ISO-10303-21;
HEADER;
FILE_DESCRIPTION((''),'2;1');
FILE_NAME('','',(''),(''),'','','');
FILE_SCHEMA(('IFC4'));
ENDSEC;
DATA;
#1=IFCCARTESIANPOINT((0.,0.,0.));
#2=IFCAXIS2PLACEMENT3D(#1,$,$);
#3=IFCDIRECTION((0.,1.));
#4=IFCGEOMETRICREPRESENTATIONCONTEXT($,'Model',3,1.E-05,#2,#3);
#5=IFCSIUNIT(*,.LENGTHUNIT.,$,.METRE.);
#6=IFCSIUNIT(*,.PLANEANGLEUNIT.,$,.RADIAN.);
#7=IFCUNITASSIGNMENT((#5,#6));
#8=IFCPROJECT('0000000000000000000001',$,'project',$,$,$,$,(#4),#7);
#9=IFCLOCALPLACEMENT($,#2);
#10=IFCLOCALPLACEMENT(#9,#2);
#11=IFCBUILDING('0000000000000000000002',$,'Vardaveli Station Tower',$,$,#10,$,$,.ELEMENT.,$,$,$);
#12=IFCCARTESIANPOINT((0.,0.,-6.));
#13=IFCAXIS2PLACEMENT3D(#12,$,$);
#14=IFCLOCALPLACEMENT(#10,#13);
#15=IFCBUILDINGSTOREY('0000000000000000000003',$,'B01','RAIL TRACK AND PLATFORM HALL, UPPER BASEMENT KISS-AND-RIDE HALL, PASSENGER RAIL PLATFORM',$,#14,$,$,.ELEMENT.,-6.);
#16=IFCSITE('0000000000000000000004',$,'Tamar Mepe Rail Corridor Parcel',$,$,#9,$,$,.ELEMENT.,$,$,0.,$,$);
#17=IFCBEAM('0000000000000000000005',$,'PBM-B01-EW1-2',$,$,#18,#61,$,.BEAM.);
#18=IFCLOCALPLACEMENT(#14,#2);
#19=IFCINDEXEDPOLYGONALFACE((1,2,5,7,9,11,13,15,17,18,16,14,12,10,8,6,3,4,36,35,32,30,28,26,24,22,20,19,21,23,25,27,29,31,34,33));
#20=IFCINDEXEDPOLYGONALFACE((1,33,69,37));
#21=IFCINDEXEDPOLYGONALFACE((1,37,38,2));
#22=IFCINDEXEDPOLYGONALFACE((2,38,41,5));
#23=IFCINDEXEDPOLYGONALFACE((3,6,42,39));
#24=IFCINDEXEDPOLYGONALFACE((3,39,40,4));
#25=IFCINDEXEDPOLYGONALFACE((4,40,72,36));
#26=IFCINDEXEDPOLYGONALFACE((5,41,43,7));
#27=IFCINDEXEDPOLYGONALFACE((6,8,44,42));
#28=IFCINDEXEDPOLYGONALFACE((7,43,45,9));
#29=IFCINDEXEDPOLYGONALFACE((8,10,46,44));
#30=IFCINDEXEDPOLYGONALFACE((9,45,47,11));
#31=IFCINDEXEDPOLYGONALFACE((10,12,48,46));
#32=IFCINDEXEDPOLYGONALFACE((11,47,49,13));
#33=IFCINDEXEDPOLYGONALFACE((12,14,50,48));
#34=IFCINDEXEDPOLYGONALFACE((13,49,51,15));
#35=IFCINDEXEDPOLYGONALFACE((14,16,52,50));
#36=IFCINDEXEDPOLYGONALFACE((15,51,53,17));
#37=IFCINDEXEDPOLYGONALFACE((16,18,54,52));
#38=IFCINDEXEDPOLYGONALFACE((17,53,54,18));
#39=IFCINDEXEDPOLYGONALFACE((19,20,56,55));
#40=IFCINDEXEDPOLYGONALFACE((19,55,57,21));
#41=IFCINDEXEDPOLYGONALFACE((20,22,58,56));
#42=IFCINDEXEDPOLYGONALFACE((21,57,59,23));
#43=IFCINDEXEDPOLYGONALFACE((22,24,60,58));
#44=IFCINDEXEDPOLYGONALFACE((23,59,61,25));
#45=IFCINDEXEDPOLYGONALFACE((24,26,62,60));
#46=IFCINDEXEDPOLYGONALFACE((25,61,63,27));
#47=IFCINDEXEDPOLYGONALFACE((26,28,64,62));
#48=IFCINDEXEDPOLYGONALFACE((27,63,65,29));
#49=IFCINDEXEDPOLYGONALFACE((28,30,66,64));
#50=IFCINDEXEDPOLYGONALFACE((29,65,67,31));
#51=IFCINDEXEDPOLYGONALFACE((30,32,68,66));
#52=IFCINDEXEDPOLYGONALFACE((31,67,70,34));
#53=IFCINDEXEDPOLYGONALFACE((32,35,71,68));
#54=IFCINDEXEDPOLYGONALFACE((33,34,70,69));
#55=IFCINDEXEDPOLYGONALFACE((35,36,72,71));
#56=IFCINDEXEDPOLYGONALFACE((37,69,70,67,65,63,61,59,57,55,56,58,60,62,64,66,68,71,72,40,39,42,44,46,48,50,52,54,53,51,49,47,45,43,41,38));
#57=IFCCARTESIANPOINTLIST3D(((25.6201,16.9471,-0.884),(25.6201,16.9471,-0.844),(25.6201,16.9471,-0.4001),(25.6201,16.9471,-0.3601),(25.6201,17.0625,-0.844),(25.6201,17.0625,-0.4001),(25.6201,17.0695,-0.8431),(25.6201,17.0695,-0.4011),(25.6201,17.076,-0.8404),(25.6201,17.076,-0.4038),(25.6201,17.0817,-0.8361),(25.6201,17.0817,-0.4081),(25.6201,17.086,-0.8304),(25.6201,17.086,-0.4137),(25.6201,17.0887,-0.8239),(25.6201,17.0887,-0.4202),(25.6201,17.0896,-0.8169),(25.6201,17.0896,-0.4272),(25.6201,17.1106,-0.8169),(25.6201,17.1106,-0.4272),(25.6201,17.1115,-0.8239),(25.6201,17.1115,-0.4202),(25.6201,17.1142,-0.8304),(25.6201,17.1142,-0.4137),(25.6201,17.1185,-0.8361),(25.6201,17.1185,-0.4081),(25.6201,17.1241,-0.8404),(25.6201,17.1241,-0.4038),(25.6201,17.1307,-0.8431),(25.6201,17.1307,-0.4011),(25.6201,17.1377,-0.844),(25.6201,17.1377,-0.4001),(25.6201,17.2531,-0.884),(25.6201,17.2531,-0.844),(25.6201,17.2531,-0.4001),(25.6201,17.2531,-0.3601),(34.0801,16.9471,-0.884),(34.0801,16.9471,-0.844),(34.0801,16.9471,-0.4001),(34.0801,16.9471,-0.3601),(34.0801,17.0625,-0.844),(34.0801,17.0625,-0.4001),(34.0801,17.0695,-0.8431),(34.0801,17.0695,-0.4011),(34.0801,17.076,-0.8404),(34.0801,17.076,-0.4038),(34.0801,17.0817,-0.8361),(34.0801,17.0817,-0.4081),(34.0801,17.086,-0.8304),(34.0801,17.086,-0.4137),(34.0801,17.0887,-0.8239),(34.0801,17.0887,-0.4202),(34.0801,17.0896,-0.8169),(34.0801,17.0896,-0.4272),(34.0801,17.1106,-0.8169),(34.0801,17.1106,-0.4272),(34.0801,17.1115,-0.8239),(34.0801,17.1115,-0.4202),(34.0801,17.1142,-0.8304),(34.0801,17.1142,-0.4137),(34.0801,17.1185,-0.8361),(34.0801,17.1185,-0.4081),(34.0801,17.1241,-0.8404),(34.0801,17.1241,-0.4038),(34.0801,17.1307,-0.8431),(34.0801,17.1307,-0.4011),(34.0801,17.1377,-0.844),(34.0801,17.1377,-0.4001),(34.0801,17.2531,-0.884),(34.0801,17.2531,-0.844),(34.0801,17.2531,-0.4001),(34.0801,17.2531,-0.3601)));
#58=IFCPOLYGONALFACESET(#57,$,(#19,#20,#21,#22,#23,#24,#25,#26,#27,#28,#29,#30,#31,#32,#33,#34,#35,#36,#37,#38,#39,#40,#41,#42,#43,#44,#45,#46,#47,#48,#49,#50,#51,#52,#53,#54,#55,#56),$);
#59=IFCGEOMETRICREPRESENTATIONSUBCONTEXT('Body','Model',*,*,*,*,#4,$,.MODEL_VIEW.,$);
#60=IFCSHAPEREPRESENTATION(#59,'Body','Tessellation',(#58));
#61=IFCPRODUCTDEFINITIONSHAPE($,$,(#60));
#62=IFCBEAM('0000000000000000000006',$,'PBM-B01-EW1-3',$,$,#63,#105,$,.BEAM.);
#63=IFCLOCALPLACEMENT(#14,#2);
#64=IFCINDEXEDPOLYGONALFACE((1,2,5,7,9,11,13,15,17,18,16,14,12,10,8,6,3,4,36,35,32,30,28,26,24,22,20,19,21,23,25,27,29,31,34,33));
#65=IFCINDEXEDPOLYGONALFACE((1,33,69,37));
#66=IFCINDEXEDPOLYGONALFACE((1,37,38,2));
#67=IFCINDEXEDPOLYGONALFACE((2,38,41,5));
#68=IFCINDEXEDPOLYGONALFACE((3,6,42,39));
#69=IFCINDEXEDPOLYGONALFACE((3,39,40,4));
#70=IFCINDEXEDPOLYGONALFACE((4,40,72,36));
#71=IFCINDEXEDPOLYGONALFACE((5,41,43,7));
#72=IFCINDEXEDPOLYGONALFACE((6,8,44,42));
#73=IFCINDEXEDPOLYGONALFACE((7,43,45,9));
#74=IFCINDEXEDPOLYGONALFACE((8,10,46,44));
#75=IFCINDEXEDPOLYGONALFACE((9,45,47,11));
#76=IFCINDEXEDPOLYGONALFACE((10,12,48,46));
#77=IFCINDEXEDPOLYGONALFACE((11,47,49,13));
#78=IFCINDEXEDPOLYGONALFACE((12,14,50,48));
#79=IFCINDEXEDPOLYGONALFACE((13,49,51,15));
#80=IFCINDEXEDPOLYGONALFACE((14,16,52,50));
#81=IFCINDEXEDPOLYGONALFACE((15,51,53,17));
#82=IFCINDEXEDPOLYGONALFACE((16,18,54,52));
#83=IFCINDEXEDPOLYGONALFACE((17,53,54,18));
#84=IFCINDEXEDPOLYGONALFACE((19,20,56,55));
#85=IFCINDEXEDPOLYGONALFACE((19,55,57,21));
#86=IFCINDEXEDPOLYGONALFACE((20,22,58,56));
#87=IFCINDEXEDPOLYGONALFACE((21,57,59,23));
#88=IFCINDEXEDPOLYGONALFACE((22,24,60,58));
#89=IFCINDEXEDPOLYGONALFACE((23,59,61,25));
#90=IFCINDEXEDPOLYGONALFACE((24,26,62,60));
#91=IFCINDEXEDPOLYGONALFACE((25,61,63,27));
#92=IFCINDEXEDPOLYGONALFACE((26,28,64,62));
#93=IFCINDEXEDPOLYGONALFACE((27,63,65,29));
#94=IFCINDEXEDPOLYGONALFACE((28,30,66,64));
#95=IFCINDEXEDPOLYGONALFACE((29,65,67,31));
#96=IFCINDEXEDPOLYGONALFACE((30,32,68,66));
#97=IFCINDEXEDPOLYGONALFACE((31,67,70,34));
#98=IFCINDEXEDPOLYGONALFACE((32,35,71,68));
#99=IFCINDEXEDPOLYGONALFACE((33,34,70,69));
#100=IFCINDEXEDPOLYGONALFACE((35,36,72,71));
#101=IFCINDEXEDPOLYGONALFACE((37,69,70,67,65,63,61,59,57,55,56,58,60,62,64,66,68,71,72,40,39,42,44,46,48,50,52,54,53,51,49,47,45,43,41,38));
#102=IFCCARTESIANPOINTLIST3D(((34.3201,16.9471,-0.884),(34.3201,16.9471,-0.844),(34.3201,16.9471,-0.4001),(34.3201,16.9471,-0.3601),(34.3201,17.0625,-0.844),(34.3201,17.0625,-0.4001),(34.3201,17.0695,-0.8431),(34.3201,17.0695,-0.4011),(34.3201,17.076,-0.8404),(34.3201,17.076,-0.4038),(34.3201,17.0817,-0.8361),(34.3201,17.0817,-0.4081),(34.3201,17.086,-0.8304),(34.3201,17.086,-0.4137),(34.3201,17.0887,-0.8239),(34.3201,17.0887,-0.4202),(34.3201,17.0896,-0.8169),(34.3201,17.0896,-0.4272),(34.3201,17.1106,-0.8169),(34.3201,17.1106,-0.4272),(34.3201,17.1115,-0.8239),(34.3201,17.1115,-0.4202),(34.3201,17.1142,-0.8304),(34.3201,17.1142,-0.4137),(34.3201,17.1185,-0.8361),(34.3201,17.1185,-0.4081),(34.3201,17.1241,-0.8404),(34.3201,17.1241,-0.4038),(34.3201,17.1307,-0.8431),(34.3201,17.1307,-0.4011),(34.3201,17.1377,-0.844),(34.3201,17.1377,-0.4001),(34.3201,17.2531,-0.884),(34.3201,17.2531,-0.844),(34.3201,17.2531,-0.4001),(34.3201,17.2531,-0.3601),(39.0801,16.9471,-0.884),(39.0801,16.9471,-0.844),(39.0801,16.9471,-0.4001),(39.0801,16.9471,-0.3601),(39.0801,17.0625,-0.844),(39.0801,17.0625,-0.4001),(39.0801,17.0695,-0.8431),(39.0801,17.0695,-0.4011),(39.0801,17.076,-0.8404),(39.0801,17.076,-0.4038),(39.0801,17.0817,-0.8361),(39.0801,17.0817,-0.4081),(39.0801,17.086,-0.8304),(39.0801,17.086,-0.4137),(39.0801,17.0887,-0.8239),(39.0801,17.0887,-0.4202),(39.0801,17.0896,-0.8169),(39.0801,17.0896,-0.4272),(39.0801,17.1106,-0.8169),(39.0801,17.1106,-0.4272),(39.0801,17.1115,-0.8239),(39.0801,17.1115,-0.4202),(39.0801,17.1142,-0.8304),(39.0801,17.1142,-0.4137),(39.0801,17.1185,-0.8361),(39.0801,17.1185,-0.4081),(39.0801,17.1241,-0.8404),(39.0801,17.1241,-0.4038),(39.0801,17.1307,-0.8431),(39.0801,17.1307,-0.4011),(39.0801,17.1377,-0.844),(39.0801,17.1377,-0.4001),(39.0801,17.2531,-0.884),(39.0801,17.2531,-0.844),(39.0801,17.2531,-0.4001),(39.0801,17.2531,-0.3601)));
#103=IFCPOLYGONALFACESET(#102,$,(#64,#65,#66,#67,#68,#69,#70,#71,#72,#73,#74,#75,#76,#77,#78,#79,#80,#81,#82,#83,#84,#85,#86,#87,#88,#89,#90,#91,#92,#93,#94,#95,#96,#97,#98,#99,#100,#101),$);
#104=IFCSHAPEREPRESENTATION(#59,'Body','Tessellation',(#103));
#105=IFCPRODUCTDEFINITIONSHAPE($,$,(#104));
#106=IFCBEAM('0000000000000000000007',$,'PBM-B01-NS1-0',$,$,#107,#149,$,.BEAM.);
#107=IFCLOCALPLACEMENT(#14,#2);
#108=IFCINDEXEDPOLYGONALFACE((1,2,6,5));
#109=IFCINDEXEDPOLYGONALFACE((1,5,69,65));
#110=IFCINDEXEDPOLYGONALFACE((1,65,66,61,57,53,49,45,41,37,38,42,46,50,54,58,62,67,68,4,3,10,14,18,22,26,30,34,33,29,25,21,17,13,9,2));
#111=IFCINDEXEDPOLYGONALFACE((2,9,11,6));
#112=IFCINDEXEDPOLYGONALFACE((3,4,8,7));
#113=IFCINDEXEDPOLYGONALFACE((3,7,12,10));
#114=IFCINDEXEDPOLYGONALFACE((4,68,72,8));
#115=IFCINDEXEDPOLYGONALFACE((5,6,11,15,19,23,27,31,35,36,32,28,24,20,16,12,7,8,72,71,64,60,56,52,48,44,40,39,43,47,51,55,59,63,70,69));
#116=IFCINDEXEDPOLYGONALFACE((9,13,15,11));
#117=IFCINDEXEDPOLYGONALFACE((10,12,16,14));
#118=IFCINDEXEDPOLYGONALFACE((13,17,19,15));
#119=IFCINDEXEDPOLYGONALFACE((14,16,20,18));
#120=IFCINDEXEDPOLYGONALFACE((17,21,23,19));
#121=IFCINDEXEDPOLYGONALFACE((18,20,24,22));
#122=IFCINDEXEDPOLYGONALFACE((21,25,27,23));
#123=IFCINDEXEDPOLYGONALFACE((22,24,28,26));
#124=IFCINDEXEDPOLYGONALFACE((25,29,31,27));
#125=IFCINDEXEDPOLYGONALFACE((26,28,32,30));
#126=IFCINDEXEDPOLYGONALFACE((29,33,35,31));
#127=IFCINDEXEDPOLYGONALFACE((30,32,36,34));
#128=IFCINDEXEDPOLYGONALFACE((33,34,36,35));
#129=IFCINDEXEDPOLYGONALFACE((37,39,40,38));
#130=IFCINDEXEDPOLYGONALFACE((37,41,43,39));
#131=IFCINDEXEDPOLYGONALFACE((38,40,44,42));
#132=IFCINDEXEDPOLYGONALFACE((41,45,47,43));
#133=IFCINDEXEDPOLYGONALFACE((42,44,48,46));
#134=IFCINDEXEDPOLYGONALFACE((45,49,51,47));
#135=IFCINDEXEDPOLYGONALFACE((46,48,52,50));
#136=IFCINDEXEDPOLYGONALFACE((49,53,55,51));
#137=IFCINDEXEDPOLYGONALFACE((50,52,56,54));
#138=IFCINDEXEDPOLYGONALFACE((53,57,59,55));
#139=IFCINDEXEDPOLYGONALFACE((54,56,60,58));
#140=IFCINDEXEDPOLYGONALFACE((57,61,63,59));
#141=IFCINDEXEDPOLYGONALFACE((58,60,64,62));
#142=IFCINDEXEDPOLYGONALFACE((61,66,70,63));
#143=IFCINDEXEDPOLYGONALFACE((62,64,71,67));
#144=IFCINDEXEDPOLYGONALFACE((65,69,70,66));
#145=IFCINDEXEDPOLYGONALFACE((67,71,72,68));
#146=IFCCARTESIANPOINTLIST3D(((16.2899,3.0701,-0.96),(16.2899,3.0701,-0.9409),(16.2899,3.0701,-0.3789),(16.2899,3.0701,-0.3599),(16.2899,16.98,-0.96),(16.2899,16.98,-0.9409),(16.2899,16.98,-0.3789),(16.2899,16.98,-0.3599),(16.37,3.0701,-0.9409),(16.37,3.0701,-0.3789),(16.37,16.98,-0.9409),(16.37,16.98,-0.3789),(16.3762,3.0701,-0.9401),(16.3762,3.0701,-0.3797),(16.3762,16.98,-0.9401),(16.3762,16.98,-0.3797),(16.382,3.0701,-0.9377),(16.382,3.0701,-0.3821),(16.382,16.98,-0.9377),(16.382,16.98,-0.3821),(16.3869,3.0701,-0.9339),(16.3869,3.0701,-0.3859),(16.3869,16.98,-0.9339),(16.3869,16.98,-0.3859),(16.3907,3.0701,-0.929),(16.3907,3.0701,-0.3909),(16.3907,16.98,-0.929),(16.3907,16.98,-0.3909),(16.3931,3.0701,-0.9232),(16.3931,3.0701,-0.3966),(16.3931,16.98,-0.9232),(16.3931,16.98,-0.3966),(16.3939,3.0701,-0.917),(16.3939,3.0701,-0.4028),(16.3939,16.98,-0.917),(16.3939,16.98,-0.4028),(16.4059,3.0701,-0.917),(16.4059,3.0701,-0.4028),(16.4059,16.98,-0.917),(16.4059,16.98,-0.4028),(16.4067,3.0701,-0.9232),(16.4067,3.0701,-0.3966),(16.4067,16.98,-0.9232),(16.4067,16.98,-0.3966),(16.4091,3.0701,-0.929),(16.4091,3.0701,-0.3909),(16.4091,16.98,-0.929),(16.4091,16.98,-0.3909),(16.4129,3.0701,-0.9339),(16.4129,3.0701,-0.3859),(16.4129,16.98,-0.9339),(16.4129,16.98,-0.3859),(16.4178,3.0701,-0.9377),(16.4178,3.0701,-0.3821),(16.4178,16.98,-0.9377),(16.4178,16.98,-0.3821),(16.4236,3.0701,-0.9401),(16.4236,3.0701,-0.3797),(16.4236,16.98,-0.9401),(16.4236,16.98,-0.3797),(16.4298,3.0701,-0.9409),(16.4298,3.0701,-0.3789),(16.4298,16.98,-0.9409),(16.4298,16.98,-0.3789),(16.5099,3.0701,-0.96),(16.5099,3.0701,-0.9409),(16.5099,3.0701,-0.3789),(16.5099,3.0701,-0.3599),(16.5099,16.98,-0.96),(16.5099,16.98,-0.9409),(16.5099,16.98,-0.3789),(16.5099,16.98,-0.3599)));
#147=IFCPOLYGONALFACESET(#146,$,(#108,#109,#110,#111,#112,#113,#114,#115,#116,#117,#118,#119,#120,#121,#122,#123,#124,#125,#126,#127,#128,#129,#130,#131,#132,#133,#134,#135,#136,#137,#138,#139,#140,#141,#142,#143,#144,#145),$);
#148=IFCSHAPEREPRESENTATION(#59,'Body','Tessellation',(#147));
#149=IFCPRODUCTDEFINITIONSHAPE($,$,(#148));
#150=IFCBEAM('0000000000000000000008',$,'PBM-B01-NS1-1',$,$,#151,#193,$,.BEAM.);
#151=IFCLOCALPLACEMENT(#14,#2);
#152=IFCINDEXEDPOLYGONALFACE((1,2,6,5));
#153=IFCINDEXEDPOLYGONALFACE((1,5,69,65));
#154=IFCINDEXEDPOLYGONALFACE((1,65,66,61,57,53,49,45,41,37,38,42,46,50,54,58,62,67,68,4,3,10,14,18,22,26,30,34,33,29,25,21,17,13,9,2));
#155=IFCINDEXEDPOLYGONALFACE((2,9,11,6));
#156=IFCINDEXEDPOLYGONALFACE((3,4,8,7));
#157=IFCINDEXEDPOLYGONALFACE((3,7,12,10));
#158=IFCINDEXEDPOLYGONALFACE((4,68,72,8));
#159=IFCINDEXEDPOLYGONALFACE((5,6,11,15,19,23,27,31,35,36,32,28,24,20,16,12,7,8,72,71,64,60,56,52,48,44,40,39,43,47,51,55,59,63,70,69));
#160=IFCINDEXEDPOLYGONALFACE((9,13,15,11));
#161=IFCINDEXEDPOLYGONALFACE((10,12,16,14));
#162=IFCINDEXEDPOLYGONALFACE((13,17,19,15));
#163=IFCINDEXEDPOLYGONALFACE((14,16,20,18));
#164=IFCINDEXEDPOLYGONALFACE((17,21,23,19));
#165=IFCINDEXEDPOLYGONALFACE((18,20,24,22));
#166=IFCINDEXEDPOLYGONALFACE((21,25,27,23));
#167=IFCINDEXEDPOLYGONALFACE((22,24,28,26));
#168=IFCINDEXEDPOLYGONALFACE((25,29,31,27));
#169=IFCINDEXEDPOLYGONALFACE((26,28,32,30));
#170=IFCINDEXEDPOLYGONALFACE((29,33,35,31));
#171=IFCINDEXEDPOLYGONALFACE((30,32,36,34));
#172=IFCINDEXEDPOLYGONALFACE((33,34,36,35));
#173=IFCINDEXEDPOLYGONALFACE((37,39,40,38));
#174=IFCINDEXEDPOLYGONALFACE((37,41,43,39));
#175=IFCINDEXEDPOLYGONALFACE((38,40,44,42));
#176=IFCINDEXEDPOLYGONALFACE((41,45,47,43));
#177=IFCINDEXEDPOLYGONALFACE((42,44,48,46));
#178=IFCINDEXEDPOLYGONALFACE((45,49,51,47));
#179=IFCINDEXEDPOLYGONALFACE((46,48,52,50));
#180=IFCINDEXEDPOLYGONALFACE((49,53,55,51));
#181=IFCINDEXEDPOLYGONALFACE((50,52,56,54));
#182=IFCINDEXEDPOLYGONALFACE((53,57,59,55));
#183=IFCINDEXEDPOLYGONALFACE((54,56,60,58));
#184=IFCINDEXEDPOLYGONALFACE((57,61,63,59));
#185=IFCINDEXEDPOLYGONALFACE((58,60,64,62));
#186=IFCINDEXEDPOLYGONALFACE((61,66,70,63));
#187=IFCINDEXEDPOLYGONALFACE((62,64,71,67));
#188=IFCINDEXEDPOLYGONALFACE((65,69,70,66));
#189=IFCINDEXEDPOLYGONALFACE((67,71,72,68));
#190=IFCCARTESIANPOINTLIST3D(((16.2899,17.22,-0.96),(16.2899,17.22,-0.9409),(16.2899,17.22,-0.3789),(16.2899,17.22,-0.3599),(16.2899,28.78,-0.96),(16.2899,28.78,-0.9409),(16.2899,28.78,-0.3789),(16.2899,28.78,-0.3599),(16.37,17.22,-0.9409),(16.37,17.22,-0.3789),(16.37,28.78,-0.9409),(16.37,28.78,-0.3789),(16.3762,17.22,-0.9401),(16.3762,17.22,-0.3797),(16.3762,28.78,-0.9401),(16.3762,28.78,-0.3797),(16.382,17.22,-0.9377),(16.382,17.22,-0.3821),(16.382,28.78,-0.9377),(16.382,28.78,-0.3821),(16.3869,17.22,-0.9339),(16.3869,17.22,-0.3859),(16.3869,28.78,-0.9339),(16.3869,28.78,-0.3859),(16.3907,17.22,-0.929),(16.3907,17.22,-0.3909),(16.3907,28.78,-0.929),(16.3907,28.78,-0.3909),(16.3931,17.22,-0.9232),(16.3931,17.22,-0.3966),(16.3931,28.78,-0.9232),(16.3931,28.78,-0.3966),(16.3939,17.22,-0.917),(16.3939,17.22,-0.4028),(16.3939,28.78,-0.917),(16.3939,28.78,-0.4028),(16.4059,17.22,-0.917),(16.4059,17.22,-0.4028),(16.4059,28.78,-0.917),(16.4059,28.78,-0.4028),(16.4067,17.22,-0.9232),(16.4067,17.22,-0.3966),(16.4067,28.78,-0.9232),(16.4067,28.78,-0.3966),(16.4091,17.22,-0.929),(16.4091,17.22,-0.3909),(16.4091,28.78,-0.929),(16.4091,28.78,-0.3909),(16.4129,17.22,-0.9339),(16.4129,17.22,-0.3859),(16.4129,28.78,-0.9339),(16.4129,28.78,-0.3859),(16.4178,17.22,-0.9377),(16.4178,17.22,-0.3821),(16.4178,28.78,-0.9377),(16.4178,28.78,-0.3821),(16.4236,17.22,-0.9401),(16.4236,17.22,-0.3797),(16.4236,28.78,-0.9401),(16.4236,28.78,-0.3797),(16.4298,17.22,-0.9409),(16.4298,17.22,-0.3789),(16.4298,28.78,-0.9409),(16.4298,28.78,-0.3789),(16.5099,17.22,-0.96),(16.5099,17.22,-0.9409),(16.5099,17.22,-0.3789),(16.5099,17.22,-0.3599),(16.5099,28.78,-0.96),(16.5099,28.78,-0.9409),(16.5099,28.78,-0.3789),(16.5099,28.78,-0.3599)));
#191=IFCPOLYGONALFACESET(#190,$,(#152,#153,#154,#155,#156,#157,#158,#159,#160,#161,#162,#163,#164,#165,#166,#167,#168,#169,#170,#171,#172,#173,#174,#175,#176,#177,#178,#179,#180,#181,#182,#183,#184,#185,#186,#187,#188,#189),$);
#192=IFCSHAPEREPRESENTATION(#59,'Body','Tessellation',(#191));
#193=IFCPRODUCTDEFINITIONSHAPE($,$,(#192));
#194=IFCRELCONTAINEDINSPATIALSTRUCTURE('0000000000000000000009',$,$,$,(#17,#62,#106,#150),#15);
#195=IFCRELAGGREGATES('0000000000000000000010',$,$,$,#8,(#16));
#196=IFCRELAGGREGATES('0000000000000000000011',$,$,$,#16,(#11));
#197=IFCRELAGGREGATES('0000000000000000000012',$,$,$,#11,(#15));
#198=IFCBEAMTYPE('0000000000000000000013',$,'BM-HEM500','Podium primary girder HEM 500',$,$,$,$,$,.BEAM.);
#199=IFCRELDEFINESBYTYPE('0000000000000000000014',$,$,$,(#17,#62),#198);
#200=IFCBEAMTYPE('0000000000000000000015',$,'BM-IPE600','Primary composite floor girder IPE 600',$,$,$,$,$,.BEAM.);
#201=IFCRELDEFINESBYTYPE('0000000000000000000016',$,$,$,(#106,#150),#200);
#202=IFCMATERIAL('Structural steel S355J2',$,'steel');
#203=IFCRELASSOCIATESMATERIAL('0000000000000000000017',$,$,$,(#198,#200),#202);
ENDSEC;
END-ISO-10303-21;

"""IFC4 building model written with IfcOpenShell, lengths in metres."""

from ifc_helpers import new_model, si_unit, direction, frame, origin, origin_2d, place, context, subcontext, project, spatial, i_section, extrude, source, transform, mapped, material, material_profile, profile_set, type_object, element, save


model = new_model("IFC4")

# Units and contexts
model_context = context("Model", 3, precision=1e-05, world=origin(), true_north=direction((0.0, 1.0)))
body_context = subcontext(model_context, "Body", "Model", "MODEL_VIEW")
ifc_project = project(units=[si_unit("LENGTHUNIT", "METRE"), si_unit("PLANEANGLEUNIT", "RADIAN")], contexts=[model_context])

# Site, building, storey
site_placement = place(None, origin())
site = spatial("IfcSite", under=ifc_project, at=site_placement, Name="Tamar Mepe Rail Corridor Parcel", CompositionType="ELEMENT", RefElevation=0.0)
building_placement = place(site_placement, origin())
building = spatial("IfcBuilding", under=site, at=building_placement, Name="Vardaveli Station Tower", CompositionType="ELEMENT")
storey_placement = place(building_placement, frame((0.0, 0.0, -6.0)))
storey = spatial("IfcBuildingStorey", under=building, at=storey_placement, Name="B01", Description="RAIL TRACK AND PLATFORM HALL, UPPER BASEMENT KISS-AND-RIDE HALL, PASSENGER RAIL PLATFORM", CompositionType="ELEMENT", Elevation=-6.0)

# Beams
ifc_material_1 = material(Name="Structural steel S355J2", Category="steel")
ifc_material_profile_1 = material_profile(ifc_material_1, i_section(OverallWidth=0.3059, OverallDepth=0.5239, WebThickness=0.021, FlangeThickness=0.04, FilletRadius=0.0271, at=origin_2d()), Name="HEM 500")
ifc_profile_set_1 = profile_set([ifc_material_profile_1], Name="Structural steel S355J2")
beam_type_1 = type_object("IfcBeamType", Name="BM-HEM500", Description="Podium primary girder HEM 500", PredefinedType="BEAM", material=ifc_profile_set_1)
shared_shape_1 = source(origin(), body_context, "Body", "SweptSolid", [
    extrude(i_section(OverallWidth=0.3059, OverallDepth=0.5239, WebThickness=0.021, FlangeThickness=0.04, FilletRadius=0.0271, at=origin_2d()), origin(), (0.0, 0.0, 1.0), 8.46),
])
beam_1_placement = place(storey_placement, frame((25.6201, 17.1001, -0.6221), z_axis=(1.0, 0.0, 0.0), x_axis=(0.0, 1.0, 0.0)))
element("IfcBeam", 1, at=beam_1_placement, inside=storey, type_object=beam_type_1, Name="PBM-B01-EW1-2", PredefinedType="BEAM", context=body_context, shape_type="MappedRepresentation", body=[
    mapped(shared_shape_1, transform((0.0, 0.0, 0.0), scale=1.0)),
])
shared_shape_2 = source(origin(), body_context, "Body", "SweptSolid", [
    extrude(i_section(OverallWidth=0.3059, OverallDepth=0.5239, WebThickness=0.021, FlangeThickness=0.04, FilletRadius=0.0271, at=origin_2d()), origin(), (0.0, 0.0, 1.0), 4.76),
])
beam_2_placement = place(storey_placement, frame((34.3201, 17.1001, -0.6221), z_axis=(1.0, 0.0, 0.0), x_axis=(0.0, 1.0, 0.0)))
element("IfcBeam", 2, at=beam_2_placement, inside=storey, type_object=beam_type_1, Name="PBM-B01-EW1-3", PredefinedType="BEAM", context=body_context, shape_type="MappedRepresentation", body=[
    mapped(shared_shape_2, transform((0.0, 0.0, 0.0), scale=1.0)),
])
ifc_material_profile_2 = material_profile(ifc_material_1, i_section(OverallWidth=0.22, OverallDepth=0.6001, WebThickness=0.012, FlangeThickness=0.019, FilletRadius=0.0239, at=origin_2d()), Name="IPE 600")
ifc_profile_set_2 = profile_set([ifc_material_profile_2], Name="Structural steel S355J2")
beam_type_2 = type_object("IfcBeamType", Name="BM-IPE600", Description="Primary composite floor girder IPE 600", PredefinedType="BEAM", material=ifc_profile_set_2)
shared_shape_3 = source(origin(), body_context, "Body", "SweptSolid", [
    extrude(i_section(OverallWidth=0.22, OverallDepth=0.6001, WebThickness=0.012, FlangeThickness=0.019, FilletRadius=0.0239, at=origin_2d()), origin(), (0.0, 0.0, 1.0), 13.9099),
])
beam_3_placement = place(storey_placement, frame((16.3999, 3.0701, -0.6599), z_axis=(0.0, 1.0, 0.0), x_axis=(-1.0, 0.0, 0.0)))
element("IfcBeam", 3, at=beam_3_placement, inside=storey, type_object=beam_type_2, Name="PBM-B01-NS1-0", PredefinedType="BEAM", context=body_context, shape_type="MappedRepresentation", body=[
    mapped(shared_shape_3, transform((0.0, 0.0, 0.0), scale=1.0)),
])
shared_shape_4 = source(origin(), body_context, "Body", "SweptSolid", [
    extrude(i_section(OverallWidth=0.22, OverallDepth=0.6001, WebThickness=0.012, FlangeThickness=0.019, FilletRadius=0.0239, at=origin_2d()), origin(), (0.0, 0.0, 1.0), 11.5601),
])
beam_4_placement = place(storey_placement, frame((16.3999, 17.22, -0.6599), z_axis=(0.0, 1.0, 0.0), x_axis=(-1.0, 0.0, 0.0)))
element("IfcBeam", 4, at=beam_4_placement, inside=storey, type_object=beam_type_2, Name="PBM-B01-NS1-1", PredefinedType="BEAM", context=body_context, shape_type="MappedRepresentation", body=[
    mapped(shared_shape_4, transform((0.0, 0.0, 0.0), scale=1.0)),
])

save(model, "model.ifc")
